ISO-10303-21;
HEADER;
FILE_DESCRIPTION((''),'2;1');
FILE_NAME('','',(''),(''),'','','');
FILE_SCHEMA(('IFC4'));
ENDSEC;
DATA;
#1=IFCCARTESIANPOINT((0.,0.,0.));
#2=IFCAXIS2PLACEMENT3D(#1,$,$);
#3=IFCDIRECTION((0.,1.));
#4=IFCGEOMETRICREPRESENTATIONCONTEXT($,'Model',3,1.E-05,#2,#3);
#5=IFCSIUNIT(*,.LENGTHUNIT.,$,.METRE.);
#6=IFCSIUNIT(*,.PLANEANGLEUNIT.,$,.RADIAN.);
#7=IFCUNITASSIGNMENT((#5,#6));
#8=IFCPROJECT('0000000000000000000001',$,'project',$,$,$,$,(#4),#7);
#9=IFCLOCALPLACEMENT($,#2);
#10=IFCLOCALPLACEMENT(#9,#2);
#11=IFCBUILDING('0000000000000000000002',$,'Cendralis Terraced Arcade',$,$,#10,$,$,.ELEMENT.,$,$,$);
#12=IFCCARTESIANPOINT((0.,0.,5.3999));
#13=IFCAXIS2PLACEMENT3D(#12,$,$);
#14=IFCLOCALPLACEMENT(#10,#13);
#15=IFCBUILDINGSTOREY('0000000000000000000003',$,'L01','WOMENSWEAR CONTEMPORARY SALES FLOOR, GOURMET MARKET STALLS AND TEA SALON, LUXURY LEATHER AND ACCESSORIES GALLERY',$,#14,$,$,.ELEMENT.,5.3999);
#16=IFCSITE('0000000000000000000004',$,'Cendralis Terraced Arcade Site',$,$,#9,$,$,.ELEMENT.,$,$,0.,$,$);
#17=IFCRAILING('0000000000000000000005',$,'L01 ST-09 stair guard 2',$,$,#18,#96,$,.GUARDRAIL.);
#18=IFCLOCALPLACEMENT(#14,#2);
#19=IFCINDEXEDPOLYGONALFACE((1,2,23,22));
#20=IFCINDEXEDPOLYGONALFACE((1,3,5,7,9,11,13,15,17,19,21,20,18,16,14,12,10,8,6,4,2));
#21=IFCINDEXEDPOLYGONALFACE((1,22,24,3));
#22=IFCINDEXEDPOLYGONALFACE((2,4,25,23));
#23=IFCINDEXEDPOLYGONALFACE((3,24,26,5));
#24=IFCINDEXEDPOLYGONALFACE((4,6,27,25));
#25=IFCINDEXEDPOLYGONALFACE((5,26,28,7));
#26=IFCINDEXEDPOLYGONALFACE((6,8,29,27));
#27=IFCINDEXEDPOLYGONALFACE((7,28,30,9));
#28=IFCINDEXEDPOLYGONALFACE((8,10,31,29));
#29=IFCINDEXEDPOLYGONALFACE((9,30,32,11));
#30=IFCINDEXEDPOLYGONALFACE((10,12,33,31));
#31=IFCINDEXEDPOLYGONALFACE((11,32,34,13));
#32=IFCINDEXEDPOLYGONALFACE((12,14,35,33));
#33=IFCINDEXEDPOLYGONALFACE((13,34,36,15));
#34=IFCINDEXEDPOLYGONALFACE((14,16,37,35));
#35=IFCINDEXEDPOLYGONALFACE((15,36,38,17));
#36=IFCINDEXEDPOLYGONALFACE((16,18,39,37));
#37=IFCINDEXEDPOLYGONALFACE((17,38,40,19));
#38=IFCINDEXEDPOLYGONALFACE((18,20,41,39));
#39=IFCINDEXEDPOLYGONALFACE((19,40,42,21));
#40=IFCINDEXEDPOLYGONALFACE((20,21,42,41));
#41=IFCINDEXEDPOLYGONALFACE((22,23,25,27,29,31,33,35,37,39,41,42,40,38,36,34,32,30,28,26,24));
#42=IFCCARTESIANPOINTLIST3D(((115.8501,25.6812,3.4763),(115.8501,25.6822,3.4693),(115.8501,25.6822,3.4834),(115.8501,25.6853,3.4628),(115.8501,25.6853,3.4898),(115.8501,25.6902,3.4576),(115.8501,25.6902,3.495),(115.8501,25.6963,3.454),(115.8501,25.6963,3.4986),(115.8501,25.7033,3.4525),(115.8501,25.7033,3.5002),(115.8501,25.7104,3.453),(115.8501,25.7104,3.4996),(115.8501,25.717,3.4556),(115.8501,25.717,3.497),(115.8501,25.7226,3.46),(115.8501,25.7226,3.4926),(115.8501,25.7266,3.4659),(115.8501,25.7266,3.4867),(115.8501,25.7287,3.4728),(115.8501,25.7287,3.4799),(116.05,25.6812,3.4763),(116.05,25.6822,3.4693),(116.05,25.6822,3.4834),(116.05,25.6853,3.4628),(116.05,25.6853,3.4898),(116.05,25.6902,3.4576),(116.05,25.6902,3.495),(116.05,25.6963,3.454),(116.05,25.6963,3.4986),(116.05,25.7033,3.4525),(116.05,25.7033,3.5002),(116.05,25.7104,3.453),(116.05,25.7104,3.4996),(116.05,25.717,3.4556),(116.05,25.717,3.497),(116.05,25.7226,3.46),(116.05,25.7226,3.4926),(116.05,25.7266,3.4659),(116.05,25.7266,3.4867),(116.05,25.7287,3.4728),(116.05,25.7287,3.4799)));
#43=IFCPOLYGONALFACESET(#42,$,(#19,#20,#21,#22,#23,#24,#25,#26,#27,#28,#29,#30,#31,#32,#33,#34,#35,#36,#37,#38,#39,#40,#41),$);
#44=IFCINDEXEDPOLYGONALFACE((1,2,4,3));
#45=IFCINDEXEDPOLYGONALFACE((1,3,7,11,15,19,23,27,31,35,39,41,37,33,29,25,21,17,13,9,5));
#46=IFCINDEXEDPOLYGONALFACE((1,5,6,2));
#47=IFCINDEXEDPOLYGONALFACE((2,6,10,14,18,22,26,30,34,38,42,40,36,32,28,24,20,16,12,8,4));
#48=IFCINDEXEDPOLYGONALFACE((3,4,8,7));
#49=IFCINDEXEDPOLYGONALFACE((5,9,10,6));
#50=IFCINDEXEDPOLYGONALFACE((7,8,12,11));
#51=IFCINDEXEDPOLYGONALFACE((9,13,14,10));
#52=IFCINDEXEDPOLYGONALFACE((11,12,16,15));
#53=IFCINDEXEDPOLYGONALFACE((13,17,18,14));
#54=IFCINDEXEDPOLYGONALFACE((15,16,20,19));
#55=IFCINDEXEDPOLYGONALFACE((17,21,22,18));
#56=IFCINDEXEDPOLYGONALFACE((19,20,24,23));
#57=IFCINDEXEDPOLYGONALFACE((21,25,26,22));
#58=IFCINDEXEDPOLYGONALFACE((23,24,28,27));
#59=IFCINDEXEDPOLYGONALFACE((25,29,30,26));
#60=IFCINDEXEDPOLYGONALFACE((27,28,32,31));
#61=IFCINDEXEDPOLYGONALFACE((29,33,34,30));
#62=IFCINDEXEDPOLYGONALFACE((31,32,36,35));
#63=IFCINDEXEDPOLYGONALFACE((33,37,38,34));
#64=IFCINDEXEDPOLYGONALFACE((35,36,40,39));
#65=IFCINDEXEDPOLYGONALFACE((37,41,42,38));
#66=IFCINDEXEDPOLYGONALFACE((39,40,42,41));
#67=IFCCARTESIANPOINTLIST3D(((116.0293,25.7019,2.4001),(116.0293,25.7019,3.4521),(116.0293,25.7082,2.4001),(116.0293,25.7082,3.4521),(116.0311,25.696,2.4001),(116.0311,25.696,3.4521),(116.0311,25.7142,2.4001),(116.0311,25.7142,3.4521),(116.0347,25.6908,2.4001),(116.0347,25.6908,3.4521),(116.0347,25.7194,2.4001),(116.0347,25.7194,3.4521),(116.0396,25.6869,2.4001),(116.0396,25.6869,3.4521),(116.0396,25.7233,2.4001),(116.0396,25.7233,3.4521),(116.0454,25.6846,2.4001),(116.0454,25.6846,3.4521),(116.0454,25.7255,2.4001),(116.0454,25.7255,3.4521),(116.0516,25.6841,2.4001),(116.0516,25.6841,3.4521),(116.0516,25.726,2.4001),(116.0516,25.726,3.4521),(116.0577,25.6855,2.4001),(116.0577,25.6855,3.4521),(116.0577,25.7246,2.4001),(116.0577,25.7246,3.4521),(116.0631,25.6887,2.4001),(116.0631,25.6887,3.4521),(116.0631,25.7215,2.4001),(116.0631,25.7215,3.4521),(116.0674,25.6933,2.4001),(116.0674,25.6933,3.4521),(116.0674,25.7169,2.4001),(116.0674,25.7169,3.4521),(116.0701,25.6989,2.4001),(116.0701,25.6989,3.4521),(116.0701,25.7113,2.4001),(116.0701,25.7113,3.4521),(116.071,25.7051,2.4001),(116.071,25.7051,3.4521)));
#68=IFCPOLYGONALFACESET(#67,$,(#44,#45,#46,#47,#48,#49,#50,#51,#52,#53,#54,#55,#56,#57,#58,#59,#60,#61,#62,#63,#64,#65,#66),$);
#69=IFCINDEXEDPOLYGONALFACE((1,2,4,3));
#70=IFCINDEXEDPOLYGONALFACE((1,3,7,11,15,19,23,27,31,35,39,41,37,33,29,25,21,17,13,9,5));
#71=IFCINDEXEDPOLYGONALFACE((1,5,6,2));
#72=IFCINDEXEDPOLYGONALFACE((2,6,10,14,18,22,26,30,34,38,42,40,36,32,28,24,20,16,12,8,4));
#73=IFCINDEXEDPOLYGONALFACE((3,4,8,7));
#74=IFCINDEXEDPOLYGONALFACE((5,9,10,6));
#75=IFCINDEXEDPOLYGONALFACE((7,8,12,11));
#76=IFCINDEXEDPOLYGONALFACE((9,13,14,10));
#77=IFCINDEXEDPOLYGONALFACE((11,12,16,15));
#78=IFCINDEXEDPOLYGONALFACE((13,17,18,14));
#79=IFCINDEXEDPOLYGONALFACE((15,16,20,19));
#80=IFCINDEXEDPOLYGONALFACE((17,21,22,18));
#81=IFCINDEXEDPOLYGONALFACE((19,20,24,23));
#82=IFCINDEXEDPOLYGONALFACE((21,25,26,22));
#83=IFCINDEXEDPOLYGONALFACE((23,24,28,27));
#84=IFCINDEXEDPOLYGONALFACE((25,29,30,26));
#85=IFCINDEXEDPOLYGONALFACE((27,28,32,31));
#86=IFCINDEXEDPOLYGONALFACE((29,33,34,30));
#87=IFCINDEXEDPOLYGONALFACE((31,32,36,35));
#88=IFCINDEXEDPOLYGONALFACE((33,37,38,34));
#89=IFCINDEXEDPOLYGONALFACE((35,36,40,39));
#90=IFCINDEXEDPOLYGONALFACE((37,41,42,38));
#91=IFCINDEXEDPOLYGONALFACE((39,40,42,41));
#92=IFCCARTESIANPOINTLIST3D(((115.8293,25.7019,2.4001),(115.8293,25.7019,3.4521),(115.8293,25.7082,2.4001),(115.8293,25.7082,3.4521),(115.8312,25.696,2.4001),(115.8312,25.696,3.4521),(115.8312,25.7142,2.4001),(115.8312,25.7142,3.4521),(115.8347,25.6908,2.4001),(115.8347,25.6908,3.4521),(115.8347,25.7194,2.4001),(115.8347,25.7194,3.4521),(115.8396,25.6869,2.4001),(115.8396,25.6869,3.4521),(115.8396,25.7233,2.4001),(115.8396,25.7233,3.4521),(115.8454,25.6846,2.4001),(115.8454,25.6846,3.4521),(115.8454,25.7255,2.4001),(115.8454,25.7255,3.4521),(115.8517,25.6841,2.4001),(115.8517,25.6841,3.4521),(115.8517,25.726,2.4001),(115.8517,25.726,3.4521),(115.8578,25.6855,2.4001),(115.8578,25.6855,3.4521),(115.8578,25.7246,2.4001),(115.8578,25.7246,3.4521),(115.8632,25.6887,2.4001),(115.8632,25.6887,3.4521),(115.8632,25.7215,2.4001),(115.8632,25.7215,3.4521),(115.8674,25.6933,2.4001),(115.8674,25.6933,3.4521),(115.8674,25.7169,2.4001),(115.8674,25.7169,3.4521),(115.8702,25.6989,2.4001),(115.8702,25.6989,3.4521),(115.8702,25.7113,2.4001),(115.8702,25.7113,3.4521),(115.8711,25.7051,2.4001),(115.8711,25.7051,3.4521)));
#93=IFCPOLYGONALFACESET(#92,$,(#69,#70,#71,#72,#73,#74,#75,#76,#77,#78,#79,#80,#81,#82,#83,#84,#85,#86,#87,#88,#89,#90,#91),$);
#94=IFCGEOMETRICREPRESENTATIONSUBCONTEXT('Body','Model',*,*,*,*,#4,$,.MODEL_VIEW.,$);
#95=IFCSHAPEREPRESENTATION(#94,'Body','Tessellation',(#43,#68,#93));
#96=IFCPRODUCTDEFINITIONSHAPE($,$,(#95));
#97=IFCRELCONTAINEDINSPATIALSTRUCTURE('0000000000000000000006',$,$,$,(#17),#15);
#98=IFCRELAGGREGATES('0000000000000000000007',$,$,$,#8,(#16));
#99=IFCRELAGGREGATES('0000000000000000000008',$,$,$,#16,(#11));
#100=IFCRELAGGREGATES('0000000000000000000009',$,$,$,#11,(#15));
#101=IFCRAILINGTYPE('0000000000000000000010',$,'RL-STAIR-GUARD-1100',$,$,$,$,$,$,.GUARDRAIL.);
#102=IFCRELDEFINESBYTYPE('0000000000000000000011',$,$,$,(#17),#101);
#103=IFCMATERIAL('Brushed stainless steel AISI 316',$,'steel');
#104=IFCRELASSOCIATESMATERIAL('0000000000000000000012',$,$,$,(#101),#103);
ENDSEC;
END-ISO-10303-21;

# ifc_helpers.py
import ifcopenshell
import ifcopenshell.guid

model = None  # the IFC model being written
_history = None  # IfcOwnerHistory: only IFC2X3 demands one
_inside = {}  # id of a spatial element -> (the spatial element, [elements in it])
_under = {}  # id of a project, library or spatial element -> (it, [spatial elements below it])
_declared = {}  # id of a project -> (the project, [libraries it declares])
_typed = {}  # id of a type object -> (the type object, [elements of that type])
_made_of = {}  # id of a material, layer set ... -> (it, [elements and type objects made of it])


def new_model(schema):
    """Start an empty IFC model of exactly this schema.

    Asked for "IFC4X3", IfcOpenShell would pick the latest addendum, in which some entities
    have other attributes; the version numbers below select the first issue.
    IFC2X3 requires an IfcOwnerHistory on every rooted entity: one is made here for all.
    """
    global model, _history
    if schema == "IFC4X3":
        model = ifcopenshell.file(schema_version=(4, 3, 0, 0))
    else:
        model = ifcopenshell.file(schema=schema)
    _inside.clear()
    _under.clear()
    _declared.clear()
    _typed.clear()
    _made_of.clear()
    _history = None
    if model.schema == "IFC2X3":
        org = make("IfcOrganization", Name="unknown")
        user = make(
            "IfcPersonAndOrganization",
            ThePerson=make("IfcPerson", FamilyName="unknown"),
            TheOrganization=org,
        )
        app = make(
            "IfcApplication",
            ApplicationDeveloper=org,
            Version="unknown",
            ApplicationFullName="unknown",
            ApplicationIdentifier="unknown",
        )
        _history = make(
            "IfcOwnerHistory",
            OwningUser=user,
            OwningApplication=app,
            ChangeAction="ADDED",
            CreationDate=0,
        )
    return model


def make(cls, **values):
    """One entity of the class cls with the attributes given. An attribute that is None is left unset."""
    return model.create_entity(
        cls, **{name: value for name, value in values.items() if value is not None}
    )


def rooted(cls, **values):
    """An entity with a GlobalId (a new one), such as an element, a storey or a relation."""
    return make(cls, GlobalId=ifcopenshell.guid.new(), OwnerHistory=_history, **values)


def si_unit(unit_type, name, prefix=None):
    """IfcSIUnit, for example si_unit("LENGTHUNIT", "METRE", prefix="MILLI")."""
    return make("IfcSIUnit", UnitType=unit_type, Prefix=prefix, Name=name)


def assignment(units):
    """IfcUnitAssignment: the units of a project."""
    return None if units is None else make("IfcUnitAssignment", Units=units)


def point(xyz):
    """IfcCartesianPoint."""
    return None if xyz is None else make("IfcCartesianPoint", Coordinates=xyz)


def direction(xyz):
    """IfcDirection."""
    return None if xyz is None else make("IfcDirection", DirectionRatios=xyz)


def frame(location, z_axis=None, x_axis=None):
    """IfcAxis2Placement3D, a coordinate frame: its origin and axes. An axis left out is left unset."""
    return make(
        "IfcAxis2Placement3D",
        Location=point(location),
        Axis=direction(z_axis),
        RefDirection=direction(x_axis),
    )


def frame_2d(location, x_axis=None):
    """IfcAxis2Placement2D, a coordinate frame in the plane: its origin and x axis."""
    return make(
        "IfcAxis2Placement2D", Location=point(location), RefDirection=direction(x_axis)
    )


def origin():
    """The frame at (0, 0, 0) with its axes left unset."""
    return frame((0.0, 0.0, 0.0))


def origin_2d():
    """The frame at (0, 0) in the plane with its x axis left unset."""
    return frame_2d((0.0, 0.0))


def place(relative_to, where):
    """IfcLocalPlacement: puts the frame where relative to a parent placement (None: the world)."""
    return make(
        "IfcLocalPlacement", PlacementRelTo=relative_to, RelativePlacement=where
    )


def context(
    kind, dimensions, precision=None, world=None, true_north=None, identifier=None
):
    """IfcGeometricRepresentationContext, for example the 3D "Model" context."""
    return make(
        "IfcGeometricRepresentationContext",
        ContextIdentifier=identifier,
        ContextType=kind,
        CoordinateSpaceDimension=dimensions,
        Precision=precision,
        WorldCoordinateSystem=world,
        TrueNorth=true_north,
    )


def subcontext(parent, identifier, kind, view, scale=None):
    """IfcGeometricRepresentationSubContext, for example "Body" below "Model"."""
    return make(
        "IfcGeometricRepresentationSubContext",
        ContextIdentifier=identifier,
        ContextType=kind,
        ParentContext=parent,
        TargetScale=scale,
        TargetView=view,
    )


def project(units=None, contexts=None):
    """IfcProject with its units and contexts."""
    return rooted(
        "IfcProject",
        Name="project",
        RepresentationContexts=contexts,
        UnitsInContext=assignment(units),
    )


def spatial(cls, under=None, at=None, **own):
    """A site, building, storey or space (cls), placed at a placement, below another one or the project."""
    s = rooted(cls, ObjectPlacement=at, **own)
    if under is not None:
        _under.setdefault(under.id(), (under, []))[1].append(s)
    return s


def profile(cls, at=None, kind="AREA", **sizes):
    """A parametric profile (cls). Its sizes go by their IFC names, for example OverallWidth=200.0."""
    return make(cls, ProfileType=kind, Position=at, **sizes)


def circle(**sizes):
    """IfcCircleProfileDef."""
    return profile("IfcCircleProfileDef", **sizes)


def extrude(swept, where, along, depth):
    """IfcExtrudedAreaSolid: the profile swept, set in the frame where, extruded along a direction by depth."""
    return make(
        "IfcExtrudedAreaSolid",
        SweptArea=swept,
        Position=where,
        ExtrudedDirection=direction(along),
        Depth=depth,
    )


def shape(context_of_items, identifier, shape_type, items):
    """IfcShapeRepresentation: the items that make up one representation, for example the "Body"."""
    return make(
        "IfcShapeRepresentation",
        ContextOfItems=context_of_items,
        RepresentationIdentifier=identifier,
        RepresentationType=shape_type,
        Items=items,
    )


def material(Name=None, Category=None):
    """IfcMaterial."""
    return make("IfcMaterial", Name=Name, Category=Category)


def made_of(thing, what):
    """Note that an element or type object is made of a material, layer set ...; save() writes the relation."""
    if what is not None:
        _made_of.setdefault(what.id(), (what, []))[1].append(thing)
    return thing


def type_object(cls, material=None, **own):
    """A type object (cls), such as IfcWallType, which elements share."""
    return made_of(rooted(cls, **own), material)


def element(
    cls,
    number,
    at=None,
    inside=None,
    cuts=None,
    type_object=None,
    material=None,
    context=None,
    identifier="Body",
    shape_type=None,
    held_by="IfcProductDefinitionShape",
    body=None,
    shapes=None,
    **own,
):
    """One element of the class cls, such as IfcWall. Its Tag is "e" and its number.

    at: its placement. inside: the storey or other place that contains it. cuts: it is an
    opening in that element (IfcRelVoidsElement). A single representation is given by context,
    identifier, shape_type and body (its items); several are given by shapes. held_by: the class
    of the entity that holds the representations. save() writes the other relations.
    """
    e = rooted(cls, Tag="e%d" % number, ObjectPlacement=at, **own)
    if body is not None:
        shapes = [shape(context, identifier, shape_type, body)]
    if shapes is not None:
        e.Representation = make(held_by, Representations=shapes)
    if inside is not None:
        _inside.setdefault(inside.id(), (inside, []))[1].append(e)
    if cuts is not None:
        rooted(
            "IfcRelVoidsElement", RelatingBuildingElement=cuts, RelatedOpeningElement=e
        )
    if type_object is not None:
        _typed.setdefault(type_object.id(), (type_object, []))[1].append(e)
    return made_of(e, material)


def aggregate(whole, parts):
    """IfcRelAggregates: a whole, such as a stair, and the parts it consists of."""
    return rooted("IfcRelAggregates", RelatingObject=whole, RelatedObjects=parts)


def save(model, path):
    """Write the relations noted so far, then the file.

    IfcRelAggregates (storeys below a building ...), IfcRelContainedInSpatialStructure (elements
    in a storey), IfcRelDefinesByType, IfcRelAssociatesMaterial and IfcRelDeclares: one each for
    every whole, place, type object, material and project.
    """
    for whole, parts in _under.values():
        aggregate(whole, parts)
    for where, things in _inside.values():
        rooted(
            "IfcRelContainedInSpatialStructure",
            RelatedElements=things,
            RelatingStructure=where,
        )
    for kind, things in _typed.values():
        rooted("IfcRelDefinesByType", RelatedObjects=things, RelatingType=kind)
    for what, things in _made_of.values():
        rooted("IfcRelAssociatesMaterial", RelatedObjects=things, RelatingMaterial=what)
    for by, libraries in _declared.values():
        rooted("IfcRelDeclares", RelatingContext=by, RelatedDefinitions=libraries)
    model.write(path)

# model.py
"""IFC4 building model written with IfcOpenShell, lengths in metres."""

from ifc_helpers import new_model, si_unit, direction, frame, origin, origin_2d, place, context, subcontext, project, spatial, circle, extrude, material, type_object, element, save


model = new_model("IFC4")

# Units and contexts
model_context = context("Model", 3, precision=1e-05, world=origin(), true_north=direction((0.0, 1.0)))
body_context = subcontext(model_context, "Body", "Model", "MODEL_VIEW")
ifc_project = project(units=[si_unit("LENGTHUNIT", "METRE"), si_unit("PLANEANGLEUNIT", "RADIAN")], contexts=[model_context])

# Site, building, storey
site_placement = place(None, origin())
site = spatial("IfcSite", under=ifc_project, at=site_placement, Name="Cendralis Terraced Arcade Site", CompositionType="ELEMENT", RefElevation=0.0)
building_placement = place(site_placement, origin())
building = spatial("IfcBuilding", under=site, at=building_placement, Name="Cendralis Terraced Arcade", CompositionType="ELEMENT")
storey_placement = place(building_placement, frame((0.0, 0.0, 5.3999)))
storey = spatial("IfcBuildingStorey", under=building, at=storey_placement, Name="L01", Description="WOMENSWEAR CONTEMPORARY SALES FLOOR, GOURMET MARKET STALLS AND TEA SALON, LUXURY LEATHER AND ACCESSORIES GALLERY", CompositionType="ELEMENT", Elevation=5.3999)

# Railing
ifc_material_1 = material(Name="Brushed stainless steel AISI 316", Category="steel")
railing_type_1 = type_object("IfcRailingType", Name="RL-STAIR-GUARD-1100", PredefinedType="GUARDRAIL", material=ifc_material_1)
railing_1_placement = place(storey_placement, frame((116.05, 25.7051, 2.4001)))
element("IfcRailing", 1, at=railing_1_placement, inside=storey, type_object=railing_type_1, Name="L01 ST-09 stair guard 2", PredefinedType="GUARDRAIL", context=body_context, shape_type="SweptSolid", body=[
    extrude(circle(Radius=0.0239, at=origin_2d()), frame((0.0, 0.0, 1.0762), z_axis=(-1.0, 0.0, 0.0), x_axis=(0.0, -1.0, 0.0)), (0.0, 0.0, 1.0), 0.2),
    extrude(circle(Radius=0.021, at=origin_2d()), origin(), (0.0, 0.0, 1.0), 1.052),
    extrude(circle(Radius=0.021, at=origin_2d()), frame((-0.2, 0.0, 0.0)), (0.0, 0.0, 1.0), 1.052),
])

save(model, "model.ifc")
